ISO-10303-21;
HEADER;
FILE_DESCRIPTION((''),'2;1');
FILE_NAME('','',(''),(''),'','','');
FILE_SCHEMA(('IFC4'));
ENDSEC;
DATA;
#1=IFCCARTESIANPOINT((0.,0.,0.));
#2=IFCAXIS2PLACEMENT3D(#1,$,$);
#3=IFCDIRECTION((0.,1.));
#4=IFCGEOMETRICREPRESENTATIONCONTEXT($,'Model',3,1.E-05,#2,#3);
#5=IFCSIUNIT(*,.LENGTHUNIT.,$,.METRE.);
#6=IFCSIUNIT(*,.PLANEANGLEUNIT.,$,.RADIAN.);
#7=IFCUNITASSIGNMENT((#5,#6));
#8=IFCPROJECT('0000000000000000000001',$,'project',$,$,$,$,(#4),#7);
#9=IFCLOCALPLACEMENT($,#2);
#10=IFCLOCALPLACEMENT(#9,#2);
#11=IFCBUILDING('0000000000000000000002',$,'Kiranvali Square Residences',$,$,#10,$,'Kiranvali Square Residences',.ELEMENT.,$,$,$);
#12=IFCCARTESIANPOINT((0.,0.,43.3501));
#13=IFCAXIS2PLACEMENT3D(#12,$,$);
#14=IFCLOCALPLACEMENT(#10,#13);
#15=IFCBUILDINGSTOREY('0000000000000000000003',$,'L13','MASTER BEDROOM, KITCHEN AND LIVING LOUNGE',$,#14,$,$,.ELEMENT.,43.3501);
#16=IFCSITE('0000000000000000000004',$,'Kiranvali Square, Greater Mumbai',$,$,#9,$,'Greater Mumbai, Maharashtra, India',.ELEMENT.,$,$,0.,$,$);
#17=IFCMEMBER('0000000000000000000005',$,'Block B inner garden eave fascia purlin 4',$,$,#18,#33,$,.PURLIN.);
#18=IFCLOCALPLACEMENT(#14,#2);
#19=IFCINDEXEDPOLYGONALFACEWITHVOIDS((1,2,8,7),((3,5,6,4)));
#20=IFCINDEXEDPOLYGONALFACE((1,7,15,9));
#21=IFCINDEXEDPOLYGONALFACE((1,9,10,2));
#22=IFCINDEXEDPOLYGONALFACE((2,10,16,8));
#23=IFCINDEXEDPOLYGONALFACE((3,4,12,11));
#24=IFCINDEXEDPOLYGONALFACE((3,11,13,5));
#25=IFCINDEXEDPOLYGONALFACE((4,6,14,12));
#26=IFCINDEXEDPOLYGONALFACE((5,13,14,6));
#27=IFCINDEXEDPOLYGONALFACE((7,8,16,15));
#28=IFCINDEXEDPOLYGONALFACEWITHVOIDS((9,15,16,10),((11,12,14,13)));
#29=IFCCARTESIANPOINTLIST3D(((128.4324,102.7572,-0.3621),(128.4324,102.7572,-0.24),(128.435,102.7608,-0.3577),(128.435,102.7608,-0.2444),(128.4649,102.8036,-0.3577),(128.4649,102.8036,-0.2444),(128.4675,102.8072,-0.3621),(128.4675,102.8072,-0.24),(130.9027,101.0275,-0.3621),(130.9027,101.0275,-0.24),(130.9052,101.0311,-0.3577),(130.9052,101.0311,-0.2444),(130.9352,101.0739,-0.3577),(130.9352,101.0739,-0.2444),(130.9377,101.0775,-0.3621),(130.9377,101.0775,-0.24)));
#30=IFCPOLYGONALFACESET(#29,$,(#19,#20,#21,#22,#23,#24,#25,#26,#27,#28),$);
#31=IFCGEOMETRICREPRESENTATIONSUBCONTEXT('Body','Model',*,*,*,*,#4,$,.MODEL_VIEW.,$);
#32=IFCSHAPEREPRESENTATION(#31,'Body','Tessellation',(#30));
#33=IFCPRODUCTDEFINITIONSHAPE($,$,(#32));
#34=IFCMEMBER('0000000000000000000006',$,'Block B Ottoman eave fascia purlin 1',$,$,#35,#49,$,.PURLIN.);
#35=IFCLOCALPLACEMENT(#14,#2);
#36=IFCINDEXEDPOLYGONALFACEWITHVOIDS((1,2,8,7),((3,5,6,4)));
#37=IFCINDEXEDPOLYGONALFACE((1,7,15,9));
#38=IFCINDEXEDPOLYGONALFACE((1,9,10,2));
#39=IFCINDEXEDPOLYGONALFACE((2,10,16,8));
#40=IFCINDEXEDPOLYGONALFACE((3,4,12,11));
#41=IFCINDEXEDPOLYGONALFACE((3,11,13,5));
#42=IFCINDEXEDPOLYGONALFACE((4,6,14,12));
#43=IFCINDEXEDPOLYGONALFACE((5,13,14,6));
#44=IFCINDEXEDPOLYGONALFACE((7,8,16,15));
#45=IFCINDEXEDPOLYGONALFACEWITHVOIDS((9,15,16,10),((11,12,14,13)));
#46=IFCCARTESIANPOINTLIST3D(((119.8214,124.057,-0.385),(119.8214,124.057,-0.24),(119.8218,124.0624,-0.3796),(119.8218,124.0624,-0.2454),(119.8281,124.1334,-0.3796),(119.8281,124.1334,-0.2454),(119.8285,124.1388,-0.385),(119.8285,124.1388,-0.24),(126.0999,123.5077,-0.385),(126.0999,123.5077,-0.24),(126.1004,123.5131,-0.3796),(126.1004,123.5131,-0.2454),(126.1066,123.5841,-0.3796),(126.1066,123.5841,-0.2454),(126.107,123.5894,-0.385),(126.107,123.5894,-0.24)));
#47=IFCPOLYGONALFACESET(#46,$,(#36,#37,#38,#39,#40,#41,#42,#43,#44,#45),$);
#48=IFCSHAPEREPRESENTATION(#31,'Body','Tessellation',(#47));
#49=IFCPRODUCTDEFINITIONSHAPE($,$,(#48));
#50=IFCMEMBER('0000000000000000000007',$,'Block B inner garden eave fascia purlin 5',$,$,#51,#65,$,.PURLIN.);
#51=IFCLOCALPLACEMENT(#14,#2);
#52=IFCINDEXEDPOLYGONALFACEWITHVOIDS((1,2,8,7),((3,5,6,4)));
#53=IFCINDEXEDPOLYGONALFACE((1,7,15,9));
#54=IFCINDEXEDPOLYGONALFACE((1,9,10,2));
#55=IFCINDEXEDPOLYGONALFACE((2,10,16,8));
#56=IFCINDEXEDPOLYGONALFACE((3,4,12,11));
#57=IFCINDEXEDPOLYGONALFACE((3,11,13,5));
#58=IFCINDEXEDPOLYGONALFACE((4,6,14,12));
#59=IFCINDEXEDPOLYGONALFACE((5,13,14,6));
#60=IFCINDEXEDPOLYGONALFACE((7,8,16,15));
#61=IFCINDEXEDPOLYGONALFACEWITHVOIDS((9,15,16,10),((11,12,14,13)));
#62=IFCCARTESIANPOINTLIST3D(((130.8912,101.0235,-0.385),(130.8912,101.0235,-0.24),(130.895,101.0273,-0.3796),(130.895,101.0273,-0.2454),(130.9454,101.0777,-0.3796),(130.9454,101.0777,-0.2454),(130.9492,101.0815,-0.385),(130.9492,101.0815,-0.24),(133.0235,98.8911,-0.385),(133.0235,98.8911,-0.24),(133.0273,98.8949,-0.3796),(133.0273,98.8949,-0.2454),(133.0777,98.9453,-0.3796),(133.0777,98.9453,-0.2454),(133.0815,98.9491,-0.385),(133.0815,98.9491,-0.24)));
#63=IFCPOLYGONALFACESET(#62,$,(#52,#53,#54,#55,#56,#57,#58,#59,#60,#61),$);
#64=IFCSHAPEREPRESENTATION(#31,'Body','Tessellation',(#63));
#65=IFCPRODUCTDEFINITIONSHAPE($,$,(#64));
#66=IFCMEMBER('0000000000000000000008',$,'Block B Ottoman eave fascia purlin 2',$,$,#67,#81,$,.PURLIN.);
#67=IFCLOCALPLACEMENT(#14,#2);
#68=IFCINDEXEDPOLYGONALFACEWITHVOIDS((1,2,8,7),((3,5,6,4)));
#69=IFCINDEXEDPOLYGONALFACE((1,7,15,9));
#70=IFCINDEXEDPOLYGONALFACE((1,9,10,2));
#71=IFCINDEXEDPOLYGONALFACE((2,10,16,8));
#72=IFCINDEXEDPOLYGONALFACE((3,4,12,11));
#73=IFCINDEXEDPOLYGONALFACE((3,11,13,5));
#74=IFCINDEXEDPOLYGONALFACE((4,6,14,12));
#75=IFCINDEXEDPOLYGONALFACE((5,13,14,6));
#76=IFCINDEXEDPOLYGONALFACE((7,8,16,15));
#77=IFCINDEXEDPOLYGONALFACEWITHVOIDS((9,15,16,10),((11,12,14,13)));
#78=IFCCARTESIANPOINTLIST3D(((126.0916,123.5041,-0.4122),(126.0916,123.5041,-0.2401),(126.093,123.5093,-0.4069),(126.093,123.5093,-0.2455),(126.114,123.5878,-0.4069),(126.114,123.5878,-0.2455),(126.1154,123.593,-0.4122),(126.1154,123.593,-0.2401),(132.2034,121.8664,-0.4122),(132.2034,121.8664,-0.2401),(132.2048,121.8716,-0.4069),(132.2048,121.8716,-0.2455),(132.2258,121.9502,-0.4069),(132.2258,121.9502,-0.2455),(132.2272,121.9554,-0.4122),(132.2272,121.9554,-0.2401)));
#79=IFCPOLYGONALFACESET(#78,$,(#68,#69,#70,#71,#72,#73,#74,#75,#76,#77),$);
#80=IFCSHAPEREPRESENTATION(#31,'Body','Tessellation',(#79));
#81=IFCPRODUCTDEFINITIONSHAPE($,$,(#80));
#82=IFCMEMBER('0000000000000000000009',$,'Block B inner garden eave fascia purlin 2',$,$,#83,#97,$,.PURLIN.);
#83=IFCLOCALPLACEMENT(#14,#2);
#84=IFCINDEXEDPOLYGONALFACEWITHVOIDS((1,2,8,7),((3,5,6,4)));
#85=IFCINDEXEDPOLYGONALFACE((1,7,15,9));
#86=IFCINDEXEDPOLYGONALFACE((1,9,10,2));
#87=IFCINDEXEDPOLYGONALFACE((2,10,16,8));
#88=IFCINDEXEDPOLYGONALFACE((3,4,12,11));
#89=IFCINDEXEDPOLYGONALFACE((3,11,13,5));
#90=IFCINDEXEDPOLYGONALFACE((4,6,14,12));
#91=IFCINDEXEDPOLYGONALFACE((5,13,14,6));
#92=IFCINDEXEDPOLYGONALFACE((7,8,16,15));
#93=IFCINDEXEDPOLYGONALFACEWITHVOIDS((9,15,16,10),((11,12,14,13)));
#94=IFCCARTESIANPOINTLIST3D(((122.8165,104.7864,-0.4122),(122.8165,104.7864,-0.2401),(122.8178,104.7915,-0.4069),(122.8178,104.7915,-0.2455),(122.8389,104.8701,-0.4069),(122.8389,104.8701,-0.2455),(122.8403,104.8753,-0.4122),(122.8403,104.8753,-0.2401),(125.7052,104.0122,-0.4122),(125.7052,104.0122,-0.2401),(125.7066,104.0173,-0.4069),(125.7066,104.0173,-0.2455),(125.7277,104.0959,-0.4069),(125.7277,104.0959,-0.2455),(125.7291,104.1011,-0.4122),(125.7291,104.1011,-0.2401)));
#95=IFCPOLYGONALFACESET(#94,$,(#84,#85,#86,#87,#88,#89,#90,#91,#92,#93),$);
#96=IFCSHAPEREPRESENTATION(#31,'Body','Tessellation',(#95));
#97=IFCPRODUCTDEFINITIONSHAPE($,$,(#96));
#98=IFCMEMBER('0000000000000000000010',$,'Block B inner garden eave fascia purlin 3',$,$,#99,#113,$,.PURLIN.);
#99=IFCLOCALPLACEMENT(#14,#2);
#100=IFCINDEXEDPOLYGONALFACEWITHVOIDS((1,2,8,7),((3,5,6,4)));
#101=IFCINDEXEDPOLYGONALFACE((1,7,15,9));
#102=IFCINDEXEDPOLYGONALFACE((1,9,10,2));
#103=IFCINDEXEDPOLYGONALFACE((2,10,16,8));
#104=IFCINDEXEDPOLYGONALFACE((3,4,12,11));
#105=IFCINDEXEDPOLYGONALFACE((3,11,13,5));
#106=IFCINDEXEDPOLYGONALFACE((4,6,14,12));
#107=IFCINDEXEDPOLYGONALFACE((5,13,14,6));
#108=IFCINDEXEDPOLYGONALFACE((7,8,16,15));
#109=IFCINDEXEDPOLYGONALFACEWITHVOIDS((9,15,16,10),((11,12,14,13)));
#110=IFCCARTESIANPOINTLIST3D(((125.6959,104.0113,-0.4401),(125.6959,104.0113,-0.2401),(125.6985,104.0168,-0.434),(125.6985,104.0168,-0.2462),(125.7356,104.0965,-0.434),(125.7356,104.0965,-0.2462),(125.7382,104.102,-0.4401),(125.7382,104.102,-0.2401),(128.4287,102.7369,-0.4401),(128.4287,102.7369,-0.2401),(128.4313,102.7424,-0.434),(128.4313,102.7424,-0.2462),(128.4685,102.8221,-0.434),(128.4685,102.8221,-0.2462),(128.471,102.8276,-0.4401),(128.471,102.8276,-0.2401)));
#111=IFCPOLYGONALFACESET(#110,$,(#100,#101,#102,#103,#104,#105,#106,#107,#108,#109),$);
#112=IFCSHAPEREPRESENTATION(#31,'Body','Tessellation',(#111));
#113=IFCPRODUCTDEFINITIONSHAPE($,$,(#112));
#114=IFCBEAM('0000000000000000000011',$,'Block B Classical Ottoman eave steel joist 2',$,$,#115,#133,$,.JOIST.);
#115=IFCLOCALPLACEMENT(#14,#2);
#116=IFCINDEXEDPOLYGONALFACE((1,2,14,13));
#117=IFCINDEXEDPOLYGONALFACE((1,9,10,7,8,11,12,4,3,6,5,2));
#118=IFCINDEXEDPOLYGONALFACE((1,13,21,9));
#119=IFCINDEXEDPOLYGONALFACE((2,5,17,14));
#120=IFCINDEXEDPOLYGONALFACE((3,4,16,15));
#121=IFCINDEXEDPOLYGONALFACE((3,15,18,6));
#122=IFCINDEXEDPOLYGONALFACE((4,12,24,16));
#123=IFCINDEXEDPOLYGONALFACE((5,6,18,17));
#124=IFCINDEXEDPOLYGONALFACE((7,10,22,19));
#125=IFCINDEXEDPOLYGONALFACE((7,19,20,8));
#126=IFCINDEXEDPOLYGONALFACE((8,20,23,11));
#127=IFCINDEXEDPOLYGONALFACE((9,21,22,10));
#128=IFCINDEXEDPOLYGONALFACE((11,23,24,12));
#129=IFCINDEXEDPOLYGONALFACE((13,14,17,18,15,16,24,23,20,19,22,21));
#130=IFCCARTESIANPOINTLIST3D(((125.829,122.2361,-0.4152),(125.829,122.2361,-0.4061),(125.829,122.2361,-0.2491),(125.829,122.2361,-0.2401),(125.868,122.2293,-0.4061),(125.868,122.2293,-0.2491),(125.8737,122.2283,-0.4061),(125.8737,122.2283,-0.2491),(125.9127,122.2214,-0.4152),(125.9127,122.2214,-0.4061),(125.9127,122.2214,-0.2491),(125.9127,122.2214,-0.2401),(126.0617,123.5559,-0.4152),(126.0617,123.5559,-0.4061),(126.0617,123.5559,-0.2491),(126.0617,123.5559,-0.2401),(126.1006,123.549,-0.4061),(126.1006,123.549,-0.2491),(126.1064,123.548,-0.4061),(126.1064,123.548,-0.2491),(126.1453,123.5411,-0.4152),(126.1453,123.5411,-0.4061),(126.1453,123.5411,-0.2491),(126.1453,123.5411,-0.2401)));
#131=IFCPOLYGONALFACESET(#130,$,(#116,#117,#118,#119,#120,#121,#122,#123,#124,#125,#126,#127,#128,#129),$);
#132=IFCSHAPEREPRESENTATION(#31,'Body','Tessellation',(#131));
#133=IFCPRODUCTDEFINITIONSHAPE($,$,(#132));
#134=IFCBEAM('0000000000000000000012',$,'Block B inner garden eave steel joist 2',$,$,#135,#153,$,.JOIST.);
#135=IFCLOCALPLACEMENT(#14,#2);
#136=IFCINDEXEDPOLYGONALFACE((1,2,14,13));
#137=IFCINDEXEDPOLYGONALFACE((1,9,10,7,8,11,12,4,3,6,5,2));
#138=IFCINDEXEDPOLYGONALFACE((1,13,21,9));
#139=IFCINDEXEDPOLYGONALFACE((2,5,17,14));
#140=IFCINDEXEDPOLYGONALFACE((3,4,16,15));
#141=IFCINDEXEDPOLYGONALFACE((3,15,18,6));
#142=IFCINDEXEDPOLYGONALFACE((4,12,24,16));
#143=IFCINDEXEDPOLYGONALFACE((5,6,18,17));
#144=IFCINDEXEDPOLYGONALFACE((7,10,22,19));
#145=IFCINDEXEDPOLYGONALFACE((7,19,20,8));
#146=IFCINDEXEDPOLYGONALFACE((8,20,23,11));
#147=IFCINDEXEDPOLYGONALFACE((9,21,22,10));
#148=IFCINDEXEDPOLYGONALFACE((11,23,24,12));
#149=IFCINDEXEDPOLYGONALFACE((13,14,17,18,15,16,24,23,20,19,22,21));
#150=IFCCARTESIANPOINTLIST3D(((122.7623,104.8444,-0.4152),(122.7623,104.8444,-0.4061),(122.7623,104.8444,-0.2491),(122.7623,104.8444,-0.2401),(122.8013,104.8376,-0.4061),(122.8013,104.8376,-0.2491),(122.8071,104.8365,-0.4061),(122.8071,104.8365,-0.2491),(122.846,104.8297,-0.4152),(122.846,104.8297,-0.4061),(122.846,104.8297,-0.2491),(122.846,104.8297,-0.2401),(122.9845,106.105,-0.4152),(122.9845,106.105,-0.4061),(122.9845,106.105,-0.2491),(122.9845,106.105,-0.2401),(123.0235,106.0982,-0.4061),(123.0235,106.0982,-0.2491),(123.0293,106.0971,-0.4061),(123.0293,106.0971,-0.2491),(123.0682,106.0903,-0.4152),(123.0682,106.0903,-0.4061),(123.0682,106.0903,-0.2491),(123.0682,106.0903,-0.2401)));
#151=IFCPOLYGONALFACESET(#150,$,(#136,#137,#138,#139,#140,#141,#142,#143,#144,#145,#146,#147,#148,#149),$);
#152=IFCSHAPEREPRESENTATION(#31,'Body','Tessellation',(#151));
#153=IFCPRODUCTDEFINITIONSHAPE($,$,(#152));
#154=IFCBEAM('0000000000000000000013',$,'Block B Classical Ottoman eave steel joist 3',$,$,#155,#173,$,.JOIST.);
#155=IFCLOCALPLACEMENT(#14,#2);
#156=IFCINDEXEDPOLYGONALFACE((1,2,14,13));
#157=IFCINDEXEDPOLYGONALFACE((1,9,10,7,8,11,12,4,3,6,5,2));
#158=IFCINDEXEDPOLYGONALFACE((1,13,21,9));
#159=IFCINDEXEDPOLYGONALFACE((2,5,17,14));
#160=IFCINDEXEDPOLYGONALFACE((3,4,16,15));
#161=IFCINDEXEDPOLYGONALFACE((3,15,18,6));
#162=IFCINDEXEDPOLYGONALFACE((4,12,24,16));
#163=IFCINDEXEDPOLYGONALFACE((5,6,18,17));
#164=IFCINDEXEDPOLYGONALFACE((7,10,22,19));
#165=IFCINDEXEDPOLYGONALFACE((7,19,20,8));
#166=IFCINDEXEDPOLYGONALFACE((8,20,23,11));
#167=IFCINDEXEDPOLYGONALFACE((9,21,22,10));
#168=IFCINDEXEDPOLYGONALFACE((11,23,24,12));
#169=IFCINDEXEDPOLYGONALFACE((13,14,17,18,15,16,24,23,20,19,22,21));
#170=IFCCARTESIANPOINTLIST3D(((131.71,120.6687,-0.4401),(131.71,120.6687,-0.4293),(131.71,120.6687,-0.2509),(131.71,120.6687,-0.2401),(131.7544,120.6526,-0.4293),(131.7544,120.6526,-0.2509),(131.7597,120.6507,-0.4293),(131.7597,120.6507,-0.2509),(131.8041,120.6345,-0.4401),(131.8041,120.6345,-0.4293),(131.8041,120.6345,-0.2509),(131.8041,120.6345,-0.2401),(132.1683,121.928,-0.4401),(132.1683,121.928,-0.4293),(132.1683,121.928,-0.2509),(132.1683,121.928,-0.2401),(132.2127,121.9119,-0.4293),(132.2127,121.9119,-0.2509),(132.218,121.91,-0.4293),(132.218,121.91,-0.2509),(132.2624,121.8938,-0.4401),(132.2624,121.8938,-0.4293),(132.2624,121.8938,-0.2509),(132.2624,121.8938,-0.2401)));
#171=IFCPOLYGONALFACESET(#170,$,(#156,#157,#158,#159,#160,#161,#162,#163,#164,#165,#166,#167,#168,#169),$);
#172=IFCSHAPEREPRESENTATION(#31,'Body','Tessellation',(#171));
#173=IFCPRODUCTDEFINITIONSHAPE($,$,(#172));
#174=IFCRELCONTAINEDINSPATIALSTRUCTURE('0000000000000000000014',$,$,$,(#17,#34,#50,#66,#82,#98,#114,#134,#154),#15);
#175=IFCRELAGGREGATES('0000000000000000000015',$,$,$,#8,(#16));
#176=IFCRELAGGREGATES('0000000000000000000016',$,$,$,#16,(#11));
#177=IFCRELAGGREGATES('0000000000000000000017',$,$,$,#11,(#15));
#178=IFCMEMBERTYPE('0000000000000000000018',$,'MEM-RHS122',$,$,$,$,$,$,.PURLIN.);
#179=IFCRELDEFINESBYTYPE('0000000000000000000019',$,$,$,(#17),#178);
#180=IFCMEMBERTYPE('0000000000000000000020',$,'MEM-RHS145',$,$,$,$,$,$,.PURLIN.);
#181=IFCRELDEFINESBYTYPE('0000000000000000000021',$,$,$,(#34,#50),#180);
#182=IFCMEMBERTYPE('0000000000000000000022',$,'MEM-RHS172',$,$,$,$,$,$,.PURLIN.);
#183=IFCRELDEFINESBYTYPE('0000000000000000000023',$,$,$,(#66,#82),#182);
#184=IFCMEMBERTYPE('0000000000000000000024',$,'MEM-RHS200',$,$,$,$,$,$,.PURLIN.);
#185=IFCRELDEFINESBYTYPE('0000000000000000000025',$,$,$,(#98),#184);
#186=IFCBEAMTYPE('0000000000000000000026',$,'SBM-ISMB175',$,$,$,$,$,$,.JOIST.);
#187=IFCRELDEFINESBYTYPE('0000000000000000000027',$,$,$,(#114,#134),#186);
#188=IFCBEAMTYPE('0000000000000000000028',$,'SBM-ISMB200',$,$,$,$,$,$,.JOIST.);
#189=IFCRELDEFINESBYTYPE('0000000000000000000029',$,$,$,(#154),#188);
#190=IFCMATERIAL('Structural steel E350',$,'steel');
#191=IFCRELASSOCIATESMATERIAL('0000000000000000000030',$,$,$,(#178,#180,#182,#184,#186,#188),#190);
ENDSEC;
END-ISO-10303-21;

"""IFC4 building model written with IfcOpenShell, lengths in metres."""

from ifc_helpers import new_model, si_unit, direction, frame, origin, origin_2d, place, context, subcontext, project, spatial, hollow_rectangle, i_section, extrude, material, material_profile, profile_set, type_object, element, save


model = new_model("IFC4")

# Units and contexts
model_context = context("Model", 3, precision=1e-05, world=origin(), true_north=direction((0.0, 1.0)))
body_context = subcontext(model_context, "Body", "Model", "MODEL_VIEW")
ifc_project = project(units=[si_unit("LENGTHUNIT", "METRE"), si_unit("PLANEANGLEUNIT", "RADIAN")], contexts=[model_context])

# Site, building, storey
site_placement = place(None, origin())
site = spatial("IfcSite", under=ifc_project, at=site_placement, Name="Kiranvali Square, Greater Mumbai", LongName="Greater Mumbai, Maharashtra, India", CompositionType="ELEMENT", RefElevation=0.0)
building_placement = place(site_placement, origin())
building = spatial("IfcBuilding", under=site, at=building_placement, Name="Kiranvali Square Residences", LongName="Kiranvali Square Residences", CompositionType="ELEMENT")
storey_placement = place(building_placement, frame((0.0, 0.0, 43.3501)))
storey = spatial("IfcBuildingStorey", under=building, at=storey_placement, Name="L13", Description="MASTER BEDROOM, KITCHEN AND LIVING LOUNGE", CompositionType="ELEMENT", Elevation=43.3501)

# Members
ifc_material_1 = material(Name="Structural steel E350", Category="steel")
ifc_material_profile_1 = material_profile(ifc_material_1, hollow_rectangle(XDim=0.061, YDim=0.1221, WallThickness=0.0044, at=origin_2d()), Name="RHS 122x61x4.5")
ifc_profile_set_1 = profile_set([ifc_material_profile_1], Name="Structural steel E350")
member_type_1 = type_object("IfcMemberType", Name="MEM-RHS122", PredefinedType="PURLIN", material=ifc_profile_set_1)
member_1_placement = place(storey_placement, frame((128.45, 102.7822, -0.301), z_axis=(0.819141, -0.573593, 0.0), x_axis=(0.573593, 0.819141, 0.0)))
element("IfcMember", 1, at=member_1_placement, inside=storey, type_object=member_type_1, Name="Block B inner garden eave fascia purlin 4", PredefinedType="PURLIN", context=body_context, shape_type="SweptSolid", body=[
    extrude(hollow_rectangle(XDim=0.061, YDim=0.1221, WallThickness=0.0044, at=origin_2d()), origin(), (0.0, 0.0, 1.0), 3.0156),
])
ifc_material_profile_2 = material_profile(ifc_material_1, hollow_rectangle(XDim=0.082, YDim=0.145, WallThickness=0.0054, at=origin_2d()), Name="RHS 145x82x5.4")
ifc_profile_set_2 = profile_set([ifc_material_profile_2], Name="Structural steel E350")
member_type_2 = type_object("IfcMemberType", Name="MEM-RHS145", PredefinedType="PURLIN", material=ifc_profile_set_2)
member_2_placement = place(storey_placement, frame((119.825, 124.0979, -0.3125), z_axis=(0.996195, -0.087158, 0.0), x_axis=(0.087158, 0.996195, 0.0)))
element("IfcMember", 2, at=member_2_placement, inside=storey, type_object=member_type_2, Name="Block B Ottoman eave fascia purlin 1", PredefinedType="PURLIN", context=body_context, shape_type="SweptSolid", body=[
    extrude(hollow_rectangle(XDim=0.082, YDim=0.145, WallThickness=0.0054, at=origin_2d()), origin(), (0.0, 0.0, 1.0), 6.3025),
])
member_3_placement = place(storey_placement, frame((130.9202, 101.0525, -0.3125), z_axis=(0.707107, -0.707107, 0.0), x_axis=(0.707107, 0.707107, 0.0)))
element("IfcMember", 3, at=member_3_placement, inside=storey, type_object=member_type_2, Name="Block B inner garden eave fascia purlin 5", PredefinedType="PURLIN", context=body_context, shape_type="SweptSolid", body=[
    extrude(hollow_rectangle(XDim=0.082, YDim=0.145, WallThickness=0.0054, at=origin_2d()), origin(), (0.0, 0.0, 1.0), 3.0156),
])
ifc_material_profile_3 = material_profile(ifc_material_1, hollow_rectangle(XDim=0.092, YDim=0.1721, WallThickness=0.0054, at=origin_2d()), Name="RHS 172x92x5.4")
ifc_profile_set_3 = profile_set([ifc_material_profile_3], Name="Structural steel E350")
member_type_3 = type_object("IfcMemberType", Name="MEM-RHS172", PredefinedType="PURLIN", material=ifc_profile_set_3)
member_4_placement = place(storey_placement, frame((126.1035, 123.5486, -0.3262), z_axis=(0.965924, -0.258825, 0.0), x_axis=(0.258825, 0.965924, 0.0)))
element("IfcMember", 4, at=member_4_placement, inside=storey, type_object=member_type_3, Name="Block B Ottoman eave fascia purlin 2", PredefinedType="PURLIN", context=body_context, shape_type="SweptSolid", body=[
    extrude(hollow_rectangle(XDim=0.092, YDim=0.1721, WallThickness=0.0054, at=origin_2d()), origin(), (0.0, 0.0, 1.0), 6.3274),
])
member_5_placement = place(storey_placement, frame((122.8284, 104.8308, -0.3262), z_axis=(0.965913, -0.258867, 0.0), x_axis=(0.258867, 0.965913, 0.0)))
element("IfcMember", 5, at=member_5_placement, inside=storey, type_object=member_type_3, Name="Block B inner garden eave fascia purlin 2", PredefinedType="PURLIN", context=body_context, shape_type="SweptSolid", body=[
    extrude(hollow_rectangle(XDim=0.092, YDim=0.1721, WallThickness=0.0054, at=origin_2d()), origin(), (0.0, 0.0, 1.0), 2.9907),
])
ifc_material_profile_4 = material_profile(ifc_material_1, hollow_rectangle(XDim=0.1001, YDim=0.2, WallThickness=0.0061, at=origin_2d()), Name="RHS 200x100x6.0")
ifc_profile_set_4 = profile_set([ifc_material_profile_4], Name="Structural steel E350")
member_type_4 = type_object("IfcMemberType", Name="MEM-RHS200", PredefinedType="PURLIN", material=ifc_profile_set_4)
member_6_placement = place(storey_placement, frame((125.717, 104.0566, -0.3401), z_axis=(0.906303, -0.422628, 0.0), x_axis=(0.422628, 0.906303, 0.0)))
element("IfcMember", 6, at=member_6_placement, inside=storey, type_object=member_type_4, Name="Block B inner garden eave fascia purlin 3", PredefinedType="PURLIN", context=body_context, shape_type="SweptSolid", body=[
    extrude(hollow_rectangle(XDim=0.1001, YDim=0.2, WallThickness=0.0061, at=origin_2d()), origin(), (0.0, 0.0, 1.0), 3.0154),
])

# Beams
ifc_material_profile_5 = material_profile(ifc_material_1, i_section(OverallWidth=0.085, OverallDepth=0.175, WebThickness=0.0059, FlangeThickness=0.009, at=origin_2d()), Name="ISMB 175")
ifc_profile_set_5 = profile_set([ifc_material_profile_5], Name="Structural steel E350")
beam_type_1 = type_object("IfcBeamType", Name="SBM-ISMB175", PredefinedType="JOIST", material=ifc_profile_set_5)
beam_1_placement = place(storey_placement, frame((125.8708, 122.2288, -0.3276), z_axis=(0.173609, 0.984815, 0.0), x_axis=(-0.984815, 0.173609, 0.0)))
element("IfcBeam", 7, at=beam_1_placement, inside=storey, type_object=beam_type_1, Name="Block B Classical Ottoman eave steel joist 2", PredefinedType="JOIST", context=body_context, shape_type="SweptSolid", body=[
    extrude(i_section(OverallWidth=0.085, OverallDepth=0.175, WebThickness=0.0059, FlangeThickness=0.009, at=origin_2d()), origin(), (0.0, 0.0, 1.0), 1.3401),
])
beam_2_placement = place(storey_placement, frame((123.0264, 106.0977, -0.3276), z_axis=(-0.173579, -0.98482, 0.0), x_axis=(0.98482, -0.173579, 0.0)))
element("IfcBeam", 8, at=beam_2_placement, inside=storey, type_object=beam_type_1, Name="Block B inner garden eave steel joist 2", PredefinedType="JOIST", context=body_context, shape_type="SweptSolid", body=[
    extrude(i_section(OverallWidth=0.085, OverallDepth=0.175, WebThickness=0.0059, FlangeThickness=0.009, at=origin_2d()), origin(), (0.0, 0.0, 1.0), 1.28),
])
ifc_material_profile_6 = material_profile(ifc_material_1, i_section(OverallWidth=0.1001, OverallDepth=0.2, WebThickness=0.0056, FlangeThickness=0.0107, at=origin_2d()), Name="ISMB 200")
ifc_profile_set_6 = profile_set([ifc_material_profile_6], Name="Structural steel E350")
beam_type_2 = type_object("IfcBeamType", Name="SBM-ISMB200", PredefinedType="JOIST", material=ifc_profile_set_6)
beam_3_placement = place(storey_placement, frame((131.7571, 120.6516, -0.3401), z_axis=(0.341962, 0.939714, 0.0), x_axis=(-0.939714, 0.341962, 0.0)))
element("IfcBeam", 9, at=beam_3_placement, inside=storey, type_object=beam_type_2, Name="Block B Classical Ottoman eave steel joist 3", PredefinedType="JOIST", context=body_context, shape_type="SweptSolid", body=[
    extrude(i_section(OverallWidth=0.1001, OverallDepth=0.2, WebThickness=0.0056, FlangeThickness=0.0107, at=origin_2d()), origin(), (0.0, 0.0, 1.0), 1.3401),
])

save(model, "model.ifc")
